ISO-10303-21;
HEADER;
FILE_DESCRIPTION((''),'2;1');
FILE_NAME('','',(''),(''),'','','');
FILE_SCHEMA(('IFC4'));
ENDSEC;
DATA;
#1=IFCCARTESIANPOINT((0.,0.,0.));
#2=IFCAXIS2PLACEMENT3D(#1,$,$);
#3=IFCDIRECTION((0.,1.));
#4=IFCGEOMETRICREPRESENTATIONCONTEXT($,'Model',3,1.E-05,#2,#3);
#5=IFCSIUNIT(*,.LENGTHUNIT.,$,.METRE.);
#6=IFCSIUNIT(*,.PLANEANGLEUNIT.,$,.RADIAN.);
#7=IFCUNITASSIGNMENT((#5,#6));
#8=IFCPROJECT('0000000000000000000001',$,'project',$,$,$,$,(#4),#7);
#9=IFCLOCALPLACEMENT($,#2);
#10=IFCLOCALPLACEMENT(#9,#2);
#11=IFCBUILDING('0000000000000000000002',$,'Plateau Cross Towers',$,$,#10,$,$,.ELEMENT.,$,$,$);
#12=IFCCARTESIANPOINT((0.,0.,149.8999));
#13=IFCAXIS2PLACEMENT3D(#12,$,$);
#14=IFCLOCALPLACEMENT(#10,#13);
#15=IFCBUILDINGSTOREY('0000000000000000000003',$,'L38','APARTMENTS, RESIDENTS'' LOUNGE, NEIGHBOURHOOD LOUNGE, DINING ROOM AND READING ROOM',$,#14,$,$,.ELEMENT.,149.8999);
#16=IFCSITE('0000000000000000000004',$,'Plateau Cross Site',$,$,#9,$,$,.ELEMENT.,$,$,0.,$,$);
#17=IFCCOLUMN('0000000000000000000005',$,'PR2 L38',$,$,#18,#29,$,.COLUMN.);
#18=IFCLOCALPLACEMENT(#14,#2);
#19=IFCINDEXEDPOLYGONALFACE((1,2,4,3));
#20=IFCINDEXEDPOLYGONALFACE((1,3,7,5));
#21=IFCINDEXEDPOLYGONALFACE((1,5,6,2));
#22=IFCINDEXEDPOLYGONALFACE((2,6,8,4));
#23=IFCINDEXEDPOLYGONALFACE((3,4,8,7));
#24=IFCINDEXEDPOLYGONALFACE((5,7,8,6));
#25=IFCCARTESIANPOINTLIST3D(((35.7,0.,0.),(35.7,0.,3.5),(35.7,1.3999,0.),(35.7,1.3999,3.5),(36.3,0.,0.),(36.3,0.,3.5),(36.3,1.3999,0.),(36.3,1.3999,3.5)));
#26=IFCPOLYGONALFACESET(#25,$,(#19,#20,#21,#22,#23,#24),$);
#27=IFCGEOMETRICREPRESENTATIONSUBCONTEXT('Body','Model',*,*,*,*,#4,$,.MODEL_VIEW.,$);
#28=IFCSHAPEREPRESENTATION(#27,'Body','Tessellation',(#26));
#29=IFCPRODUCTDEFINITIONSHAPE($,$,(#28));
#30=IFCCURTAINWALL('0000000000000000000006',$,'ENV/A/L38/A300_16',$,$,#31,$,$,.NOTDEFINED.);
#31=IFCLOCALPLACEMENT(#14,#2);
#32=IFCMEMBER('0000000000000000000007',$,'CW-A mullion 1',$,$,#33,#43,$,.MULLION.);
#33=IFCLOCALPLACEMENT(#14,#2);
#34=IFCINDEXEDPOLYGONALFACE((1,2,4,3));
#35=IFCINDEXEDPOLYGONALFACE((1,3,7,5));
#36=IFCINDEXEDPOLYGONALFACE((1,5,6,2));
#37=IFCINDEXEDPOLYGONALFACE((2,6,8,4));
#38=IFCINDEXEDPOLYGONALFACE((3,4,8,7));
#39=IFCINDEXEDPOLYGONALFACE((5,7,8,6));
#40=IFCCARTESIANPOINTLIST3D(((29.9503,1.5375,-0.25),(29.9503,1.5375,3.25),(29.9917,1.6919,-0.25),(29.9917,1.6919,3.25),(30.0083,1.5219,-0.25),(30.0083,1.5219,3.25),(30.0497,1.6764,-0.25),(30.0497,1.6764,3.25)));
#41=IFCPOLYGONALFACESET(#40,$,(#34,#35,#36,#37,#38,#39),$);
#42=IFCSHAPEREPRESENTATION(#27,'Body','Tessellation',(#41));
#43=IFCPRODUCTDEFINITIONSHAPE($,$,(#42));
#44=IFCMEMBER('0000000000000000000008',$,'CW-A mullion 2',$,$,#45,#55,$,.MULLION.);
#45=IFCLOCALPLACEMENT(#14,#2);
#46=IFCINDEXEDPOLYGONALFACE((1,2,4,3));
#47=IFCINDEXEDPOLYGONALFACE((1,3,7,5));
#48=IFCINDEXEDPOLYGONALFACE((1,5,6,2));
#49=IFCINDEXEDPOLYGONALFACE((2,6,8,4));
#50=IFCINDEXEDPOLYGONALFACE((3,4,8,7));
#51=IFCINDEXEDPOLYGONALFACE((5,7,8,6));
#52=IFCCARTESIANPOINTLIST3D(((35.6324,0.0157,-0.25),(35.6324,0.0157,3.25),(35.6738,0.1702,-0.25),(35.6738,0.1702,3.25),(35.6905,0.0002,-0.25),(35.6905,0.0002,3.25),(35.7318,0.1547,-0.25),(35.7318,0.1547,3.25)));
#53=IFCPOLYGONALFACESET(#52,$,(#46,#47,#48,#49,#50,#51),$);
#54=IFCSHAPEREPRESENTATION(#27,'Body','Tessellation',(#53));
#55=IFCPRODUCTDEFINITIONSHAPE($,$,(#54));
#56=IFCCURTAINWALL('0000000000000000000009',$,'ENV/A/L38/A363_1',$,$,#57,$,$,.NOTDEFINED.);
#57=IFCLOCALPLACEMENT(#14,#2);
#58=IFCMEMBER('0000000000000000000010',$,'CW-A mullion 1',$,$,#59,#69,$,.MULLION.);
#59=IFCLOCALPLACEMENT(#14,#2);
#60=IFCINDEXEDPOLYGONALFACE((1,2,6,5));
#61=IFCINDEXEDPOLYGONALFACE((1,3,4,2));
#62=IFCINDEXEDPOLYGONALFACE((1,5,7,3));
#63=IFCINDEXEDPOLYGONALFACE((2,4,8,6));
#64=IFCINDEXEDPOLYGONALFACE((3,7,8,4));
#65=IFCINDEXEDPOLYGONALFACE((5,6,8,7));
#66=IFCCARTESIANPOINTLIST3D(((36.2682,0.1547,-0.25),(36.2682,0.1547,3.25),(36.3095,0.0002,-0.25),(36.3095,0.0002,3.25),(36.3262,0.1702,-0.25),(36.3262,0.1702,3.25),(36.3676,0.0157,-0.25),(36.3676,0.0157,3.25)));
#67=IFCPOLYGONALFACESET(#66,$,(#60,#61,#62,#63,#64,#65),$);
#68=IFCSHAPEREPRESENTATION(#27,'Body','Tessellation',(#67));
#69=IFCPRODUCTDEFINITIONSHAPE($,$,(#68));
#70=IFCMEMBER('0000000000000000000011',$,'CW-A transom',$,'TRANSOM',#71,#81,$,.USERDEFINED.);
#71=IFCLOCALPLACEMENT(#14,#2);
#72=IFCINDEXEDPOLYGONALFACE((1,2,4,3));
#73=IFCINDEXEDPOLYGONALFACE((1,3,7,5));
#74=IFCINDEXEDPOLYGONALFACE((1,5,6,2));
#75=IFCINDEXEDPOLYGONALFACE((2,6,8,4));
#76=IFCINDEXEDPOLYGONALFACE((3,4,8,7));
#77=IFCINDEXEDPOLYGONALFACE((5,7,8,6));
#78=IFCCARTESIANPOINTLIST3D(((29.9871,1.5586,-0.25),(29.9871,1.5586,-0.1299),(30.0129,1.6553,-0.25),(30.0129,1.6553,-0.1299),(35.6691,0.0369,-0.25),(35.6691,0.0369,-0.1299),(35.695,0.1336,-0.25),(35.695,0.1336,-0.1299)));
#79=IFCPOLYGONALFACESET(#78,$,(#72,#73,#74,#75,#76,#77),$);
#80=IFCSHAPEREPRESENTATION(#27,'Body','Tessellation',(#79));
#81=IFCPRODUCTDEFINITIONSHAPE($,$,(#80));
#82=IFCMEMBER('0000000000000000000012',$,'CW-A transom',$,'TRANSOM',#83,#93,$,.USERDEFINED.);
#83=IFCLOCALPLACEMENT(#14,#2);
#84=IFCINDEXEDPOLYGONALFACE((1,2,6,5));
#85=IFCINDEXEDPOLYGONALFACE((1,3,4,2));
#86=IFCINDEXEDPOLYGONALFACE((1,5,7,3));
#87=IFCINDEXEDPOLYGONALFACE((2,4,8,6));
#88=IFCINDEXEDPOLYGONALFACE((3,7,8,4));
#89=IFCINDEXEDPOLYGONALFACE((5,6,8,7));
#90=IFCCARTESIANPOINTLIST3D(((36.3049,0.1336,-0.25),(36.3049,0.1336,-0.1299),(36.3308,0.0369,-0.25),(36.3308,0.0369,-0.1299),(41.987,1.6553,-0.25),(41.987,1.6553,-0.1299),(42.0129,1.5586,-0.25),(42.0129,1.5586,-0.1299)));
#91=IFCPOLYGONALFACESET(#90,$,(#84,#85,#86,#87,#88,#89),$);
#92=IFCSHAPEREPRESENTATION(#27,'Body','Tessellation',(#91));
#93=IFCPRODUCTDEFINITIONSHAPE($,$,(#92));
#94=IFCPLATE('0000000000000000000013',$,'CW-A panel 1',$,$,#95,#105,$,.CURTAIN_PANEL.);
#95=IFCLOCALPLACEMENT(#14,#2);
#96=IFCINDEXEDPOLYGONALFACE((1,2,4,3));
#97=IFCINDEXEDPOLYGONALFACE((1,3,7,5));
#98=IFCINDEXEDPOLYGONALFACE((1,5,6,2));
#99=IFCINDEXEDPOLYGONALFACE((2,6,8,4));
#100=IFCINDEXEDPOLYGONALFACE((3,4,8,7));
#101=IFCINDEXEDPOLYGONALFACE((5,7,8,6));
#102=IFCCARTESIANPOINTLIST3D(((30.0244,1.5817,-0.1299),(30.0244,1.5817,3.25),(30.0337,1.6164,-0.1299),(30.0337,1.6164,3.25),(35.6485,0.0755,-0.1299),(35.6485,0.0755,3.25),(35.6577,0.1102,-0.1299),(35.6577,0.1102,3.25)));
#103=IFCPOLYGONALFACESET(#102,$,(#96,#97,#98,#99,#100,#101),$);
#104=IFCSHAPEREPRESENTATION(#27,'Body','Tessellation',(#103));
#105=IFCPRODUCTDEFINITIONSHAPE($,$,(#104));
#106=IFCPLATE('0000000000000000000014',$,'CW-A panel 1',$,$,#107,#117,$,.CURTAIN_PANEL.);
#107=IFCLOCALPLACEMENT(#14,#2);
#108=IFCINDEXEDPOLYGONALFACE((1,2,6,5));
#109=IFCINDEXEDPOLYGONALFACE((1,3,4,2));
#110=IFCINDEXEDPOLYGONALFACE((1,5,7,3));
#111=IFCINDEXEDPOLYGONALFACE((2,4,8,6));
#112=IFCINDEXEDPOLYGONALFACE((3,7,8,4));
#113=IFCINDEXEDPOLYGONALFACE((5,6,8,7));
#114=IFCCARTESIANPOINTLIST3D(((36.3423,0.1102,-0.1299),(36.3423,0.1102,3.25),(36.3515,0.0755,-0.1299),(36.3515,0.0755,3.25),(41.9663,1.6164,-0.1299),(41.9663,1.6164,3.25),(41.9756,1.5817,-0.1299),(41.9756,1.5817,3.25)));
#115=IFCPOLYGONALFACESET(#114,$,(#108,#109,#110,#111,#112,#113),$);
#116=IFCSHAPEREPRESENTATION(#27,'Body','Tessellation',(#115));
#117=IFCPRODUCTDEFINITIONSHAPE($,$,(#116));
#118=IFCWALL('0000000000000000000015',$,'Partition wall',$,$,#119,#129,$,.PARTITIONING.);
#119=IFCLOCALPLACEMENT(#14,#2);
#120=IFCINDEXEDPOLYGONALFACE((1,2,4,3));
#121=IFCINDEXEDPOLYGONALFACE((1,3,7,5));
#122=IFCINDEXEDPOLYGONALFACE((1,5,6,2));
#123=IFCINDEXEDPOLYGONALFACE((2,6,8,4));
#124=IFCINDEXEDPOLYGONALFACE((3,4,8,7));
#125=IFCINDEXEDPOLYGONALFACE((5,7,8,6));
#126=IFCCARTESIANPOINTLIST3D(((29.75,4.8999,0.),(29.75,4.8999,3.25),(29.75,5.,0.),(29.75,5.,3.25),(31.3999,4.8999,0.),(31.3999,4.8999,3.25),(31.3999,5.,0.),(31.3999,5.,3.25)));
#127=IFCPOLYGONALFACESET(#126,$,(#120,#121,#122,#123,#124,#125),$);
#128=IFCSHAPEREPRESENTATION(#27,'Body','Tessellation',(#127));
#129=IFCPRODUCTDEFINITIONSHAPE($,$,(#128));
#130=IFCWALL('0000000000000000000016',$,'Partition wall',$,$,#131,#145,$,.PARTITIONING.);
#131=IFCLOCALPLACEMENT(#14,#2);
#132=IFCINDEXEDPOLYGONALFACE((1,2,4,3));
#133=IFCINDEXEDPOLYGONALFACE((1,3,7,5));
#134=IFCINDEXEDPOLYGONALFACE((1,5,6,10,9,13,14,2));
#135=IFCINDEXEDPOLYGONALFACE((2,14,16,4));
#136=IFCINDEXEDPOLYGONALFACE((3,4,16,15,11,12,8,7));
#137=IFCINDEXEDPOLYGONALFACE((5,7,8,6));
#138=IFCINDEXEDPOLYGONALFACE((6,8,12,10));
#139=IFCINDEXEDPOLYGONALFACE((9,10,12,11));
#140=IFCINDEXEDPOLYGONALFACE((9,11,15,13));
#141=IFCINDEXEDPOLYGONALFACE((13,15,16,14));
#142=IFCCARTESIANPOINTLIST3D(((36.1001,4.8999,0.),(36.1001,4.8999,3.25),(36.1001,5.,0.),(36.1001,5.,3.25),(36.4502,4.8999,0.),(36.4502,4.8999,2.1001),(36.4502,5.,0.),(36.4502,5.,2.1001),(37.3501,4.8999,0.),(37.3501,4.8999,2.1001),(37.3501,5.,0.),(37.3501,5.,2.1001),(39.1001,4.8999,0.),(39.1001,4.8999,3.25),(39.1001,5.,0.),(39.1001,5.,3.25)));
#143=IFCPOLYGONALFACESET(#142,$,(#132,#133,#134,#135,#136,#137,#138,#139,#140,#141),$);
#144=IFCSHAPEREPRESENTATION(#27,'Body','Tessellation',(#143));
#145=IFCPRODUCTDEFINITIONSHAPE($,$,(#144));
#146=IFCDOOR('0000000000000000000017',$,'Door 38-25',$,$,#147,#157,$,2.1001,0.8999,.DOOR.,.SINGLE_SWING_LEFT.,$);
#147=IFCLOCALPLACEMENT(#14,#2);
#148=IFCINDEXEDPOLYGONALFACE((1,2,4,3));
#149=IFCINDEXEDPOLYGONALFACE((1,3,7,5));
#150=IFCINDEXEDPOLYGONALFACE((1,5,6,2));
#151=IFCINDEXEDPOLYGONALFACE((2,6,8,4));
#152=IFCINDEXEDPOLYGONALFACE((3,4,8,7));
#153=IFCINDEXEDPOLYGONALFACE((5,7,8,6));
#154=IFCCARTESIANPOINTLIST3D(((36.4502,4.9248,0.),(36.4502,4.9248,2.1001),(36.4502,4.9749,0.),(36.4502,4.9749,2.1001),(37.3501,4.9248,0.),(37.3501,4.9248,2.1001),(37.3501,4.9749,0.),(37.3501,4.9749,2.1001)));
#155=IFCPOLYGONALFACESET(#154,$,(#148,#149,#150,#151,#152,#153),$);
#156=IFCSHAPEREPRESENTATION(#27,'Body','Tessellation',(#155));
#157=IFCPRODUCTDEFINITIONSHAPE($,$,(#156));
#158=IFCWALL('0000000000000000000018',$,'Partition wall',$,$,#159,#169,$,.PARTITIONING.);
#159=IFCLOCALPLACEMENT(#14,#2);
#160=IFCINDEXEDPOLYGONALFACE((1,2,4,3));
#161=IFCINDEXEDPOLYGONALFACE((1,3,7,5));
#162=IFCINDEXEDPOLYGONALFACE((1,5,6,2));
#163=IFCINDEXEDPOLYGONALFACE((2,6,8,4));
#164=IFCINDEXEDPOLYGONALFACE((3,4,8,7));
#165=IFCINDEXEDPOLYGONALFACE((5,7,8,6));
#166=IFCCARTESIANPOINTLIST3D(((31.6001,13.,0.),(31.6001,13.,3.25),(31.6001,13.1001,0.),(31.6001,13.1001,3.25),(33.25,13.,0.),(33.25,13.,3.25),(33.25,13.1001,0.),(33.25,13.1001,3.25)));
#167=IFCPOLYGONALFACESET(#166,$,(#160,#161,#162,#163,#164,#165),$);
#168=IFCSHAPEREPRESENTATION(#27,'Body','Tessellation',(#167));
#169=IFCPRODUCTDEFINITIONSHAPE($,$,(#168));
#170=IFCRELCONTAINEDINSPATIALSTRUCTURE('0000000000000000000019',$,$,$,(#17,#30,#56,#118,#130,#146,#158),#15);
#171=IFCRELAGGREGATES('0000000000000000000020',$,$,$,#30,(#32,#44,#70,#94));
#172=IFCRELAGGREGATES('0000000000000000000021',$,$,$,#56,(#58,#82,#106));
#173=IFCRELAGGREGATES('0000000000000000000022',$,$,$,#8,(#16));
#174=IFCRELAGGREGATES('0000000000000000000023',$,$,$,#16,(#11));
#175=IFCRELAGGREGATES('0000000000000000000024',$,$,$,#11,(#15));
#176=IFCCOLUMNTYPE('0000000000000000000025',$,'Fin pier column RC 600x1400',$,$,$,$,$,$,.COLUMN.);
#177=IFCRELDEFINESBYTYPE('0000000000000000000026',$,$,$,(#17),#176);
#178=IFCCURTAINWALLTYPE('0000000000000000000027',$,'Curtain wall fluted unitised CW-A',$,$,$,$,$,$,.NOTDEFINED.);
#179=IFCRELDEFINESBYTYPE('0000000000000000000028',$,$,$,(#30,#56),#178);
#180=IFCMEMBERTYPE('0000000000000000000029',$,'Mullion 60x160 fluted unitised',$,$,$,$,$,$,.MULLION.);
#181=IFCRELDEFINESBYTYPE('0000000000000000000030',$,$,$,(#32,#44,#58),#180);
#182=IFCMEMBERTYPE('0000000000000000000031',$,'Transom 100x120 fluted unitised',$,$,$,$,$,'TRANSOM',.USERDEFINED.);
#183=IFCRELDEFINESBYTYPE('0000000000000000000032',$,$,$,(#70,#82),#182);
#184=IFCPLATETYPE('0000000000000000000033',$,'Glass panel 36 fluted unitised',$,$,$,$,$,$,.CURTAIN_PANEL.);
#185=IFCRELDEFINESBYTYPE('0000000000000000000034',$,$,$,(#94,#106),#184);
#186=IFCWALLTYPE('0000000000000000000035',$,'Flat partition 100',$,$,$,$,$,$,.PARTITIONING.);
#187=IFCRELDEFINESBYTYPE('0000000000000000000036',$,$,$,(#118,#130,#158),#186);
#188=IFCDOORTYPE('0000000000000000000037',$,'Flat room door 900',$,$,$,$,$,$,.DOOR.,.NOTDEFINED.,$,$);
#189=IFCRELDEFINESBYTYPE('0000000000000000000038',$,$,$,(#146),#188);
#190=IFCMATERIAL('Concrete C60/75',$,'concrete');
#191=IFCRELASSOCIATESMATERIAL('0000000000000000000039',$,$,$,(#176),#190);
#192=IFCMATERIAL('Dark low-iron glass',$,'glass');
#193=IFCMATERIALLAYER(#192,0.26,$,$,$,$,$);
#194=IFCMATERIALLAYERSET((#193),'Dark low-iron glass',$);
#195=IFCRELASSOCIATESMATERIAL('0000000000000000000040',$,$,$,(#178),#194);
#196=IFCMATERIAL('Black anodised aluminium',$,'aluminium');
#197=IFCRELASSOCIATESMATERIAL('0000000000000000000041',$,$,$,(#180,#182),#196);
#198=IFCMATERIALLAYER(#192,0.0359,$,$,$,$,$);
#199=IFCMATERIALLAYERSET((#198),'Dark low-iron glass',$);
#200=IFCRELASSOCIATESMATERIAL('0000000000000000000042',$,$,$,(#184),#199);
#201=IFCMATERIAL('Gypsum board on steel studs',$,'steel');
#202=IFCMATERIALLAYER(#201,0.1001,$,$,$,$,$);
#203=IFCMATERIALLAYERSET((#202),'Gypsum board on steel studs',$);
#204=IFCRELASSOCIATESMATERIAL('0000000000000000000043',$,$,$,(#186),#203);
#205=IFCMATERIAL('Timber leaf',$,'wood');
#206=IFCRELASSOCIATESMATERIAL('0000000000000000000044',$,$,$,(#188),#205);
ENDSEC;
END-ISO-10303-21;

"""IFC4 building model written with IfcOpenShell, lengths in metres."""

from ifc_helpers import new_model, si_unit, direction, frame, frame_2d, origin, origin_2d, place, context, subcontext, project, spatial, rectangle, extrude, material, layer, layer_set, material_profile, profile_set, type_object, element, fill, aggregate, save


model = new_model("IFC4")

# Units and contexts
model_context = context("Model", 3, precision=1e-05, world=origin(), true_north=direction((0.0, 1.0)))
body_context = subcontext(model_context, "Body", "Model", "MODEL_VIEW")
ifc_project = project(units=[si_unit("LENGTHUNIT", "METRE"), si_unit("PLANEANGLEUNIT", "RADIAN")], contexts=[model_context])

# Site, building, storey
site_placement = place(None, origin())
site = spatial("IfcSite", under=ifc_project, at=site_placement, Name="Plateau Cross Site", CompositionType="ELEMENT", RefElevation=0.0)
building_placement = place(site_placement, origin())
building = spatial("IfcBuilding", under=site, at=building_placement, Name="Plateau Cross Towers", CompositionType="ELEMENT")
storey_placement = place(building_placement, frame((0.0, 0.0, 149.8999)))
storey = spatial("IfcBuildingStorey", under=building, at=storey_placement, Name="L38", Description="APARTMENTS, RESIDENTS' LOUNGE, NEIGHBOURHOOD LOUNGE, DINING ROOM AND READING ROOM", CompositionType="ELEMENT", Elevation=149.8999)

# Column
ifc_material_1 = material(Name="Concrete C60/75", Category="concrete")
ifc_material_profile_1 = material_profile(ifc_material_1, rectangle(XDim=0.6001, YDim=1.3999, at=origin_2d()), Name="RC 600x1400")
ifc_profile_set_1 = profile_set([ifc_material_profile_1], Name="Concrete C60/75")
column_type = type_object("IfcColumnType", Name="Fin pier column RC 600x1400", PredefinedType="COLUMN", material=ifc_profile_set_1)
column_placement = place(storey_placement, frame((36.0, 0.7, 0.0), z_axis=(0.0, 0.0, 1.0), x_axis=(1.0, 0.0, 0.0)))
element("IfcColumn", 1, at=column_placement, inside=storey, type_object=column_type, Name="PR2 L38", PredefinedType="COLUMN", context=body_context, shape_type="SweptSolid", body=[
    extrude(rectangle(XDim=0.6001, YDim=1.3999, at=origin_2d()), origin(), (0.0, 0.0, 1.0), 3.5),
])

# Curtain wall, members
ifc_material_2 = material(Name="Dark low-iron glass", Category="glass")
ifc_layer_1 = layer(ifc_material_2, 0.26)
ifc_layer_set_1 = layer_set([ifc_layer_1], Name="Dark low-iron glass")
curtain_wall_type = type_object("IfcCurtainWallType", Name="Curtain wall fluted unitised CW-A", PredefinedType="NOTDEFINED", material=ifc_layer_set_1)
curtain_wall_1_placement = place(storey_placement, origin())
curtain_wall_1 = element("IfcCurtainWall", 2, at=curtain_wall_1_placement, inside=storey, type_object=curtain_wall_type, Name="ENV/A/L38/A300_16", PredefinedType="NOTDEFINED")
ifc_material_3 = material(Name="Black anodised aluminium", Category="aluminium")
ifc_material_profile_2 = material_profile(ifc_material_3, rectangle(XDim=0.0601, YDim=0.1599, at=origin_2d()), Name="MULLION 60x160")
ifc_profile_set_2 = profile_set([ifc_material_profile_2], Name="Black anodised aluminium")
member_type_1 = type_object("IfcMemberType", Name="Mullion 60x160 fluted unitised", PredefinedType="MULLION", material=ifc_profile_set_2)
member_1_placement = place(storey_placement, frame((30.0, 1.6069, -0.25), z_axis=(0.0, 0.0, 1.0), x_axis=(0.965958, -0.258699, 0.0)))
member_1 = element("IfcMember", 3, at=member_1_placement, type_object=member_type_1, Name="CW-A mullion 1", PredefinedType="MULLION", context=body_context, shape_type="SweptSolid", body=[
    extrude(rectangle(XDim=0.0601, YDim=0.1599, at=origin_2d()), origin(), (0.0, 0.0, 1.0), 3.5),
])
member_2_placement = place(storey_placement, frame((35.6821, 0.0852, -0.25), z_axis=(0.0, 0.0, 1.0), x_axis=(0.965958, -0.258699, 0.0)))
member_2 = element("IfcMember", 4, at=member_2_placement, type_object=member_type_1, Name="CW-A mullion 2", PredefinedType="MULLION", context=body_context, shape_type="SweptSolid", body=[
    extrude(rectangle(XDim=0.0601, YDim=0.1599, at=origin_2d()), origin(), (0.0, 0.0, 1.0), 3.5),
])

# Curtain wall, member
curtain_wall_2_placement = place(storey_placement, origin())
curtain_wall_2 = element("IfcCurtainWall", 5, at=curtain_wall_2_placement, inside=storey, type_object=curtain_wall_type, Name="ENV/A/L38/A363_1", PredefinedType="NOTDEFINED")
member_3_placement = place(storey_placement, frame((36.3179, 0.0852, -0.25), z_axis=(0.0, 0.0, 1.0), x_axis=(0.965958, 0.258699, 0.0)))
member_3 = element("IfcMember", 6, at=member_3_placement, type_object=member_type_1, Name="CW-A mullion 1", PredefinedType="MULLION", context=body_context, shape_type="SweptSolid", body=[
    extrude(rectangle(XDim=0.0601, YDim=0.1599, at=origin_2d()), origin(), (0.0, 0.0, 1.0), 3.5),
])

# Members
ifc_material_profile_3 = material_profile(ifc_material_3, rectangle(XDim=0.1001, YDim=0.1201, at=origin_2d()), Name="TRANSOM 100x120")
ifc_profile_set_3 = profile_set([ifc_material_profile_3], Name="Black anodised aluminium")
member_type_2 = type_object("IfcMemberType", Name="Transom 100x120 fluted unitised", ElementType="TRANSOM", PredefinedType="USERDEFINED", material=ifc_profile_set_3)
member_4_placement = place(storey_placement, frame((30.0, 1.6069, -0.1899), z_axis=(0.96596, -0.258693, 0.0), x_axis=(0.258693, 0.96596, 0.0)))
member_4 = element("IfcMember", 7, at=member_4_placement, type_object=member_type_2, Name="CW-A transom", ObjectType="TRANSOM", PredefinedType="USERDEFINED", context=body_context, shape_type="SweptSolid", body=[
    extrude(rectangle(XDim=0.1001, YDim=0.1201, at=origin_2d()), origin(), (0.0, 0.0, 1.0), 5.8823),
])
member_5_placement = place(storey_placement, frame((36.3179, 0.0852, -0.1899), z_axis=(0.96596, 0.258693, 0.0), x_axis=(-0.258693, 0.96596, 0.0)))
member_5 = element("IfcMember", 8, at=member_5_placement, type_object=member_type_2, Name="CW-A transom", ObjectType="TRANSOM", PredefinedType="USERDEFINED", context=body_context, shape_type="SweptSolid", body=[
    extrude(rectangle(XDim=0.1001, YDim=0.1201, at=origin_2d()), origin(), (0.0, 0.0, 1.0), 5.8823),
])

# Plates
ifc_layer_2 = layer(ifc_material_2, 0.0359)
ifc_layer_set_2 = layer_set([ifc_layer_2], Name="Dark low-iron glass")
plate_type = type_object("IfcPlateType", Name="Glass panel 36 fluted unitised", PredefinedType="CURTAIN_PANEL", material=ifc_layer_set_2)
plate_1_placement = place(storey_placement, frame((32.8411, 0.8459, -0.1299), z_axis=(0.0, 0.0, 1.0), x_axis=(0.965958, -0.258699, 0.0)))
plate_1 = element("IfcPlate", 9, at=plate_1_placement, type_object=plate_type, Name="CW-A panel 1", PredefinedType="CURTAIN_PANEL", context=body_context, shape_type="SweptSolid", body=[
    extrude(rectangle(XDim=5.8223, YDim=0.0359, at=origin_2d()), origin(), (0.0, 0.0, 1.0), 3.3799),
])
aggregate(curtain_wall_1, [member_1, member_2, member_4, plate_1])
plate_2_placement = place(storey_placement, frame((39.1589, 0.8459, -0.1299), z_axis=(0.0, 0.0, 1.0), x_axis=(0.965958, 0.258699, 0.0)))
plate_2 = element("IfcPlate", 10, at=plate_2_placement, type_object=plate_type, Name="CW-A panel 1", PredefinedType="CURTAIN_PANEL", context=body_context, shape_type="SweptSolid", body=[
    extrude(rectangle(XDim=5.8223, YDim=0.0359, at=origin_2d()), origin(), (0.0, 0.0, 1.0), 3.3799),
])
aggregate(curtain_wall_2, [member_3, member_5, plate_2])

# Wall
ifc_material_4 = material(Name="Gypsum board on steel studs", Category="steel")
ifc_layer_3 = layer(ifc_material_4, 0.1001)
ifc_layer_set_3 = layer_set([ifc_layer_3], Name="Gypsum board on steel studs")
wall_type_1 = type_object("IfcWallType", Name="Flat partition 100", PredefinedType="PARTITIONING", material=ifc_layer_set_3)
wall_1_placement = place(storey_placement, frame((29.75, 4.95, 0.0), z_axis=(0.0, 0.0, 1.0), x_axis=(1.0, 0.0, 0.0)))
element("IfcWall", 11, at=wall_1_placement, inside=storey, type_object=wall_type_1, Name="Partition wall", PredefinedType="PARTITIONING", context=body_context, shape_type="SweptSolid", body=[
    extrude(rectangle(XDim=1.6499, YDim=0.1001, at=frame_2d((0.825, 0.0))), origin(), (0.0, 0.0, 1.0), 3.25),
])

# Wall, opening, door
wall_2_placement = place(storey_placement, frame((36.1001, 4.95, 0.0), z_axis=(0.0, 0.0, 1.0), x_axis=(1.0, 0.0, 0.0)))
wall_2 = element("IfcWall", 12, at=wall_2_placement, inside=storey, type_object=wall_type_1, Name="Partition wall", PredefinedType="PARTITIONING", context=body_context, shape_type="SweptSolid", body=[
    extrude(rectangle(XDim=3.0, YDim=0.1001, at=frame_2d((1.5, 0.0))), origin(), (0.0, 0.0, 1.0), 3.25),
])
opening_1_placement = place(wall_2_placement, frame((0.3501, 0.0, 0.0)))
opening_1 = element("IfcOpeningElement", 13, at=opening_1_placement, cuts=wall_2, PredefinedType="OPENING", context=body_context, shape_type="SweptSolid", body=[
    extrude(rectangle(XDim=0.8999, YDim=2.1001, at=frame_2d((0.45, 1.05))), frame((0.0, 0.0601, 0.0), z_axis=(0.0, -1.0, 0.0), x_axis=(1.0, 0.0, 0.0)), (0.0, 0.0, 1.0), 0.1201),
])
ifc_material_5 = material(Name="Timber leaf", Category="wood")
door_type_1 = type_object("IfcDoorType", Name="Flat room door 900", OperationType="NOTDEFINED", PredefinedType="DOOR", material=ifc_material_5)
door_1_placement = place(opening_1_placement, origin())
door_1 = element("IfcDoor", 14, at=door_1_placement, inside=storey, type_object=door_type_1, Name="Door 38-25", OperationType="SINGLE_SWING_LEFT", OverallHeight=2.1001, OverallWidth=0.8999, PredefinedType="DOOR", context=body_context, shape_type="SweptSolid", body=[
    extrude(rectangle(XDim=0.8999, YDim=2.1001, at=frame_2d((0.45, 1.05))), frame((0.0, 0.0249, 0.0), z_axis=(0.0, -1.0, 0.0), x_axis=(1.0, 0.0, 0.0)), (0.0, 0.0, 1.0), 0.05),
])
fill(opening_1, door_1)

# Wall
wall_3_placement = place(storey_placement, frame((33.25, 13.05, 0.0), z_axis=(0.0, 0.0, 1.0), x_axis=(-1.0, 0.0, 0.0)))
element("IfcWall", 15, at=wall_3_placement, inside=storey, type_object=wall_type_1, Name="Partition wall", PredefinedType="PARTITIONING", context=body_context, shape_type="SweptSolid", body=[
    extrude(rectangle(XDim=1.6499, YDim=0.1001, at=frame_2d((0.825, 0.0))), origin(), (0.0, 0.0, 1.0), 3.25),
])

save(model, "model.ifc")
